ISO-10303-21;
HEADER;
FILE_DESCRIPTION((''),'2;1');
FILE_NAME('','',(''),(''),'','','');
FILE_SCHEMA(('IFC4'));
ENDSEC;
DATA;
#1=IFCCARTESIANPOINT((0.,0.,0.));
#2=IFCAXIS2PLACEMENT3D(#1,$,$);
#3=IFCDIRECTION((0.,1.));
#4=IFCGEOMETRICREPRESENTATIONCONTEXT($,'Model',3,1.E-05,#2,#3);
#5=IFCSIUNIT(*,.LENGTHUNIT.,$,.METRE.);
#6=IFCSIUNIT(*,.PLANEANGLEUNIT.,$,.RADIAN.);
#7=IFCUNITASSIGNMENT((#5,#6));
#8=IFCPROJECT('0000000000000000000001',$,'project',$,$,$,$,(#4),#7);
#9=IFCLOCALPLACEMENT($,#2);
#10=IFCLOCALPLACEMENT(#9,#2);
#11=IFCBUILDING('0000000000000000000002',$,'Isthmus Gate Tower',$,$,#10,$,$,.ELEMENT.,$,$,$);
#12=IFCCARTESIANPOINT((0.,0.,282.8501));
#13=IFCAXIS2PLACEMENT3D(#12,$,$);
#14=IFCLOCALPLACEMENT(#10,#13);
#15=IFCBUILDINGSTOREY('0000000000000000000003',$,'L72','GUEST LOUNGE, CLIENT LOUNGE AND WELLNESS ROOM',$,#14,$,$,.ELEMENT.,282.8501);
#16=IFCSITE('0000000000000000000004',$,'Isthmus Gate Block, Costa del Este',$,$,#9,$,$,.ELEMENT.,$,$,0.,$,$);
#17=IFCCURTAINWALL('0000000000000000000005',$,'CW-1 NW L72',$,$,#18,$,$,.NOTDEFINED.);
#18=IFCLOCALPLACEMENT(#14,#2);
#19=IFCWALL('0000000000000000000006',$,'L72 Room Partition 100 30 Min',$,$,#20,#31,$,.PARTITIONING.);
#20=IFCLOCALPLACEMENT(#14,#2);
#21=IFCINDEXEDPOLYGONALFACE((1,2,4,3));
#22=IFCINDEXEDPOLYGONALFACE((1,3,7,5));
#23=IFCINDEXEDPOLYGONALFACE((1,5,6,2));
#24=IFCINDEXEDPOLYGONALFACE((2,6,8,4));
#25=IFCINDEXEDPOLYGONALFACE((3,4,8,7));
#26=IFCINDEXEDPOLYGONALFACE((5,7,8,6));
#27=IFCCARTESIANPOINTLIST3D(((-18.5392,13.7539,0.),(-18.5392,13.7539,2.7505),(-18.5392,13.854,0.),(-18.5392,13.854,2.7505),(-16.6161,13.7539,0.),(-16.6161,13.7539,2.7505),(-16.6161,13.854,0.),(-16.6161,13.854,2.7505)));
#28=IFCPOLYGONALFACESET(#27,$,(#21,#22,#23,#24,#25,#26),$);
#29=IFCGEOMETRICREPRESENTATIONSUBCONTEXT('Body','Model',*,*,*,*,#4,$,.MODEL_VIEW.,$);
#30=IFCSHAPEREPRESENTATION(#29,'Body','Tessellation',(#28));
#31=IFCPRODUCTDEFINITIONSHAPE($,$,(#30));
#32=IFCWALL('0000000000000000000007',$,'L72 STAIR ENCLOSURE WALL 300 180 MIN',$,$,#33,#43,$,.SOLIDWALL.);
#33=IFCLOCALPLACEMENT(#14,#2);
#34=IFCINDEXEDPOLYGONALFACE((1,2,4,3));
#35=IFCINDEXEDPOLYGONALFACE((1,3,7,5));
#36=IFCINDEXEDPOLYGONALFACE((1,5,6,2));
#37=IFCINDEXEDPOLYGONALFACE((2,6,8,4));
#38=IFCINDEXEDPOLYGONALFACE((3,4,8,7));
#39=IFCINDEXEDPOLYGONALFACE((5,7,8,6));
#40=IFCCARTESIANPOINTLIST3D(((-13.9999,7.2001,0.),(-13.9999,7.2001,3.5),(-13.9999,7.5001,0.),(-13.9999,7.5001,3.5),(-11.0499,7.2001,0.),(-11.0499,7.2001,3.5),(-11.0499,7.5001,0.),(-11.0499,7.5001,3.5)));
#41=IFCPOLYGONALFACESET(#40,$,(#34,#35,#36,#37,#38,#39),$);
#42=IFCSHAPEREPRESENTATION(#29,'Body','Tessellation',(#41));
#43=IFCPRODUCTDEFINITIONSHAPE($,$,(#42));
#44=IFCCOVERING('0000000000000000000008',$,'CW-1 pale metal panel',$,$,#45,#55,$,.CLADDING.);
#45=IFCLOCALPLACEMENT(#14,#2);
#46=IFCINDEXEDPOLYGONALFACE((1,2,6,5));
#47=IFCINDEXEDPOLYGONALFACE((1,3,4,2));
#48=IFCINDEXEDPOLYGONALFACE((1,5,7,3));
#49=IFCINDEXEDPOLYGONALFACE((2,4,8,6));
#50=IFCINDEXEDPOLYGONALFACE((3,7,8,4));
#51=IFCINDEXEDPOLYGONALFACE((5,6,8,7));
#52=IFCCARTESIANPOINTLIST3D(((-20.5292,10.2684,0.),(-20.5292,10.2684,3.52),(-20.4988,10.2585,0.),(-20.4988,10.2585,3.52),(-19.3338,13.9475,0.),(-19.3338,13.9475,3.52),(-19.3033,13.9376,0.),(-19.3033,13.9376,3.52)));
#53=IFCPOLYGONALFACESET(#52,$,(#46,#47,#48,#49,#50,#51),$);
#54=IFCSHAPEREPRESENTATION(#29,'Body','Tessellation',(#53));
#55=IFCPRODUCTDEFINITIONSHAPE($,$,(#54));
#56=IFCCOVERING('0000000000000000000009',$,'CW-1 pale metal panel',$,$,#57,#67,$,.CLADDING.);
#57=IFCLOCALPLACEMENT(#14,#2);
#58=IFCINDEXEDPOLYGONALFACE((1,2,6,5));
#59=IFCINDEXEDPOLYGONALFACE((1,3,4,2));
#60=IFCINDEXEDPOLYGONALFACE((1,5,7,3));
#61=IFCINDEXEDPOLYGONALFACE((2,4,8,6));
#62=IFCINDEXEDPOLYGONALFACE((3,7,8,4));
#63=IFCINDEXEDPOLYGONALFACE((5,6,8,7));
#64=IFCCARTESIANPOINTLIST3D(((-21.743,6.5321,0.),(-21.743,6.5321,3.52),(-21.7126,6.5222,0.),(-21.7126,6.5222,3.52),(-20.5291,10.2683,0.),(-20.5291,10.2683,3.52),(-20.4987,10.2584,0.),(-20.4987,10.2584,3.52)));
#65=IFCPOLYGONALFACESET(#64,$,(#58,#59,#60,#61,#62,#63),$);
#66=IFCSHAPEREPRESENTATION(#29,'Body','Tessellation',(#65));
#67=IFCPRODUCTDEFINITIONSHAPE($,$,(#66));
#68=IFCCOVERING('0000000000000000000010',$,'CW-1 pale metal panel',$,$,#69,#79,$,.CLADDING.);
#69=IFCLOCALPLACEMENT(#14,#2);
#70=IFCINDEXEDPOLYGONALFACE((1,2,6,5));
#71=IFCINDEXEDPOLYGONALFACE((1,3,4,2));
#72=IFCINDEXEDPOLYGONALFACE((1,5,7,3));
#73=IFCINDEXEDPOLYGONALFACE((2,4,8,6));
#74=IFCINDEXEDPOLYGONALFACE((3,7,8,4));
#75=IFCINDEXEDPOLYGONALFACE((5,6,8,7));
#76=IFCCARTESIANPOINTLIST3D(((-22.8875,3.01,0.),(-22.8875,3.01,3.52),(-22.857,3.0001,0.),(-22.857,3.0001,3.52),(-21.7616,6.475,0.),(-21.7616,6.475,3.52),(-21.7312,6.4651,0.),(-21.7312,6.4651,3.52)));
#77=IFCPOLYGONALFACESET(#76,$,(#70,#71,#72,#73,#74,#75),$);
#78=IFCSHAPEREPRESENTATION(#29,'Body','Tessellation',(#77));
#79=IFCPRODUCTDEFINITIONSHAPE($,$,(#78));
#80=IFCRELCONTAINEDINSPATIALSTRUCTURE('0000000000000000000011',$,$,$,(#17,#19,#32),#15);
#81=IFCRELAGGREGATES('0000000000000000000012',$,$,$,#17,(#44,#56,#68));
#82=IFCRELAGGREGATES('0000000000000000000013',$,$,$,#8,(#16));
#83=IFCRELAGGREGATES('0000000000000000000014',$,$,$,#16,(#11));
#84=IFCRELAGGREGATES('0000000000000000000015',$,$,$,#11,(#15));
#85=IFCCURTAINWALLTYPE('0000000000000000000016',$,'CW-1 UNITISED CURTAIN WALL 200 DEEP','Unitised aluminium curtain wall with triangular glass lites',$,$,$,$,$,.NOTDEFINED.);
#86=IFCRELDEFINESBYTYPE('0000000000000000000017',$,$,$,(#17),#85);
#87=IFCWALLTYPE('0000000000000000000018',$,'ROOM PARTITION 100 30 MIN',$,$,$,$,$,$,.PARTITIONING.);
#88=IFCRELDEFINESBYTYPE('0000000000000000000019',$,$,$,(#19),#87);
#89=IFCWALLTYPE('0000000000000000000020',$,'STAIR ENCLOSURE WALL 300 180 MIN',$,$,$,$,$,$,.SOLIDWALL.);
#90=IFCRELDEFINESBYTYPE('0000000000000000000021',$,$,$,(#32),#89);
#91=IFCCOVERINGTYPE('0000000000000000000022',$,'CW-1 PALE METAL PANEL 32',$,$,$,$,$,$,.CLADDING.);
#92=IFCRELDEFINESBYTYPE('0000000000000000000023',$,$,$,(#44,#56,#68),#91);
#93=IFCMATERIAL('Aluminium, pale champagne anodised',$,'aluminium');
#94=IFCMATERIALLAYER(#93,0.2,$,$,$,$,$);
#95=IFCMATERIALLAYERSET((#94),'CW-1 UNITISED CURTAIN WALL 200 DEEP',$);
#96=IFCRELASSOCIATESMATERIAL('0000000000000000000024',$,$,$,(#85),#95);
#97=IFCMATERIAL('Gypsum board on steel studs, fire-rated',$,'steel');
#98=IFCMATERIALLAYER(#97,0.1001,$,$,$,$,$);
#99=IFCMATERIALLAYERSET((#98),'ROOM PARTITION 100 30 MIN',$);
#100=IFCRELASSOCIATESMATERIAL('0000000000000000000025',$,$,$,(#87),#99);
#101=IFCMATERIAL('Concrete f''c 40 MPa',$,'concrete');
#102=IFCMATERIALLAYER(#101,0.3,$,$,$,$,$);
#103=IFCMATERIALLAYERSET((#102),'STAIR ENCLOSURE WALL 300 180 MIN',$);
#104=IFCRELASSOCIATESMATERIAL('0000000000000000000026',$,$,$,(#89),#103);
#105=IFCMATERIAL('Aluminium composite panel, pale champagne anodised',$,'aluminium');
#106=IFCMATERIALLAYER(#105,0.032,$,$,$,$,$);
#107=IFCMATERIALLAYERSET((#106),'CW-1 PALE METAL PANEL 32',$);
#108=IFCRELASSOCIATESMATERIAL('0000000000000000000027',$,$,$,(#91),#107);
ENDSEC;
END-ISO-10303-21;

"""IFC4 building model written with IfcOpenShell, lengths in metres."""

from ifc_helpers import new_model, si_unit, direction, frame, frame_2d, origin, origin_2d, place, context, subcontext, project, spatial, rectangle, extrude, material, layer, layer_set, type_object, element, aggregate, save


model = new_model("IFC4")

# Units and contexts
model_context = context("Model", 3, precision=1e-05, world=origin(), true_north=direction((0.0, 1.0)))
body_context = subcontext(model_context, "Body", "Model", "MODEL_VIEW")
ifc_project = project(units=[si_unit("LENGTHUNIT", "METRE"), si_unit("PLANEANGLEUNIT", "RADIAN")], contexts=[model_context])

# Site, building, storey
site_placement = place(None, origin())
site = spatial("IfcSite", under=ifc_project, at=site_placement, Name="Isthmus Gate Block, Costa del Este", CompositionType="ELEMENT", RefElevation=0.0)
building_placement = place(site_placement, origin())
building = spatial("IfcBuilding", under=site, at=building_placement, Name="Isthmus Gate Tower", CompositionType="ELEMENT")
storey_placement = place(building_placement, frame((0.0, 0.0, 282.8501)))
storey = spatial("IfcBuildingStorey", under=building, at=storey_placement, Name="L72", Description="GUEST LOUNGE, CLIENT LOUNGE AND WELLNESS ROOM", CompositionType="ELEMENT", Elevation=282.8501)

# Curtain wall
ifc_material_1 = material(Name="Aluminium, pale champagne anodised", Category="aluminium")
ifc_layer_1 = layer(ifc_material_1, 0.2)
ifc_layer_set_1 = layer_set([ifc_layer_1], Name="CW-1 UNITISED CURTAIN WALL 200 DEEP")
curtain_wall_type = type_object("IfcCurtainWallType", Name="CW-1 UNITISED CURTAIN WALL 200 DEEP", Description="Unitised aluminium curtain wall with triangular glass lites", PredefinedType="NOTDEFINED", material=ifc_layer_set_1)
curtain_wall_placement = place(storey_placement, origin())
curtain_wall = element("IfcCurtainWall", 1, at=curtain_wall_placement, inside=storey, type_object=curtain_wall_type, Name="CW-1 NW L72", PredefinedType="NOTDEFINED")

# Walls
ifc_material_2 = material(Name="Gypsum board on steel studs, fire-rated", Category="steel")
ifc_layer_2 = layer(ifc_material_2, 0.1001)
ifc_layer_set_2 = layer_set([ifc_layer_2], Name="ROOM PARTITION 100 30 MIN")
wall_type_1 = type_object("IfcWallType", Name="ROOM PARTITION 100 30 MIN", PredefinedType="PARTITIONING", material=ifc_layer_set_2)
wall_1_placement = place(storey_placement, frame((-18.5391, 13.804, 0.0), z_axis=(0.0, 0.0, 1.0), x_axis=(1.0, 0.0, 0.0)))
element("IfcWall", 2, at=wall_1_placement, inside=storey, type_object=wall_type_1, Name="L72 Room Partition 100 30 Min", PredefinedType="PARTITIONING", context=body_context, shape_type="SweptSolid", body=[
    extrude(rectangle(XDim=1.9231, YDim=0.1001, at=frame_2d((0.9614, 0.0))), origin(), (0.0, 0.0, 1.0), 2.7505),
])
ifc_material_3 = material(Name="Concrete f'c 40 MPa", Category="concrete")
ifc_layer_3 = layer(ifc_material_3, 0.3)
ifc_layer_set_3 = layer_set([ifc_layer_3], Name="STAIR ENCLOSURE WALL 300 180 MIN")
wall_type_2 = type_object("IfcWallType", Name="STAIR ENCLOSURE WALL 300 180 MIN", PredefinedType="SOLIDWALL", material=ifc_layer_set_3)
wall_2_placement = place(storey_placement, frame((-14.0, 7.3501, 0.0), z_axis=(0.0, 0.0, 1.0), x_axis=(1.0, 0.0, 0.0)))
element("IfcWall", 3, at=wall_2_placement, inside=storey, type_object=wall_type_2, Name="L72 STAIR ENCLOSURE WALL 300 180 MIN", PredefinedType="SOLIDWALL", context=body_context, shape_type="SweptSolid", body=[
    extrude(rectangle(XDim=2.95, YDim=0.3, at=frame_2d((1.4751, 0.0))), origin(), (0.0, 0.0, 1.0), 3.5),
])

# Coverings
ifc_material_4 = material(Name="Aluminium composite panel, pale champagne anodised", Category="aluminium")
ifc_layer_4 = layer(ifc_material_4, 0.032)
ifc_layer_set_4 = layer_set([ifc_layer_4], Name="CW-1 PALE METAL PANEL 32")
covering_type = type_object("IfcCoveringType", Name="CW-1 PALE METAL PANEL 32", PredefinedType="CLADDING", material=ifc_layer_set_4)
covering_1_placement = place(storey_placement, frame((-19.9163, 12.103, 0.0), z_axis=(0.0, 0.0, 1.0), x_axis=(-0.309017, -0.951057, 0.0)))
covering_1 = element("IfcCovering", 4, at=covering_1_placement, type_object=covering_type, Name="CW-1 pale metal panel", PredefinedType="CLADDING", context=body_context, shape_type="SweptSolid", body=[
    extrude(rectangle(XDim=3.8684, YDim=0.032, at=origin_2d()), origin(), (0.0, 0.0, 1.0), 3.52),
])
covering_2_placement = place(storey_placement, frame((-21.1208, 8.3953, 0.0), z_axis=(0.0, 0.0, 1.0), x_axis=(-0.309017, -0.951057, 0.0)))
covering_2 = element("IfcCovering", 5, at=covering_2_placement, type_object=covering_type, Name="CW-1 pale metal panel", PredefinedType="CLADDING", context=body_context, shape_type="SweptSolid", body=[
    extrude(rectangle(XDim=3.9285, YDim=0.032, at=origin_2d()), origin(), (0.0, 0.0, 1.0), 3.52),
])
covering_3_placement = place(storey_placement, frame((-22.3093, 4.7375, 0.0), z_axis=(0.0, 0.0, 1.0), x_axis=(-0.309017, -0.951057, 0.0)))
covering_3 = element("IfcCovering", 6, at=covering_3_placement, type_object=covering_type, Name="CW-1 pale metal panel", PredefinedType="CLADDING", context=body_context, shape_type="SweptSolid", body=[
    extrude(rectangle(XDim=3.6433, YDim=0.032, at=origin_2d()), origin(), (0.0, 0.0, 1.0), 3.52),
])
aggregate(curtain_wall, [covering_1, covering_2, covering_3])

save(model, "model.ifc")
